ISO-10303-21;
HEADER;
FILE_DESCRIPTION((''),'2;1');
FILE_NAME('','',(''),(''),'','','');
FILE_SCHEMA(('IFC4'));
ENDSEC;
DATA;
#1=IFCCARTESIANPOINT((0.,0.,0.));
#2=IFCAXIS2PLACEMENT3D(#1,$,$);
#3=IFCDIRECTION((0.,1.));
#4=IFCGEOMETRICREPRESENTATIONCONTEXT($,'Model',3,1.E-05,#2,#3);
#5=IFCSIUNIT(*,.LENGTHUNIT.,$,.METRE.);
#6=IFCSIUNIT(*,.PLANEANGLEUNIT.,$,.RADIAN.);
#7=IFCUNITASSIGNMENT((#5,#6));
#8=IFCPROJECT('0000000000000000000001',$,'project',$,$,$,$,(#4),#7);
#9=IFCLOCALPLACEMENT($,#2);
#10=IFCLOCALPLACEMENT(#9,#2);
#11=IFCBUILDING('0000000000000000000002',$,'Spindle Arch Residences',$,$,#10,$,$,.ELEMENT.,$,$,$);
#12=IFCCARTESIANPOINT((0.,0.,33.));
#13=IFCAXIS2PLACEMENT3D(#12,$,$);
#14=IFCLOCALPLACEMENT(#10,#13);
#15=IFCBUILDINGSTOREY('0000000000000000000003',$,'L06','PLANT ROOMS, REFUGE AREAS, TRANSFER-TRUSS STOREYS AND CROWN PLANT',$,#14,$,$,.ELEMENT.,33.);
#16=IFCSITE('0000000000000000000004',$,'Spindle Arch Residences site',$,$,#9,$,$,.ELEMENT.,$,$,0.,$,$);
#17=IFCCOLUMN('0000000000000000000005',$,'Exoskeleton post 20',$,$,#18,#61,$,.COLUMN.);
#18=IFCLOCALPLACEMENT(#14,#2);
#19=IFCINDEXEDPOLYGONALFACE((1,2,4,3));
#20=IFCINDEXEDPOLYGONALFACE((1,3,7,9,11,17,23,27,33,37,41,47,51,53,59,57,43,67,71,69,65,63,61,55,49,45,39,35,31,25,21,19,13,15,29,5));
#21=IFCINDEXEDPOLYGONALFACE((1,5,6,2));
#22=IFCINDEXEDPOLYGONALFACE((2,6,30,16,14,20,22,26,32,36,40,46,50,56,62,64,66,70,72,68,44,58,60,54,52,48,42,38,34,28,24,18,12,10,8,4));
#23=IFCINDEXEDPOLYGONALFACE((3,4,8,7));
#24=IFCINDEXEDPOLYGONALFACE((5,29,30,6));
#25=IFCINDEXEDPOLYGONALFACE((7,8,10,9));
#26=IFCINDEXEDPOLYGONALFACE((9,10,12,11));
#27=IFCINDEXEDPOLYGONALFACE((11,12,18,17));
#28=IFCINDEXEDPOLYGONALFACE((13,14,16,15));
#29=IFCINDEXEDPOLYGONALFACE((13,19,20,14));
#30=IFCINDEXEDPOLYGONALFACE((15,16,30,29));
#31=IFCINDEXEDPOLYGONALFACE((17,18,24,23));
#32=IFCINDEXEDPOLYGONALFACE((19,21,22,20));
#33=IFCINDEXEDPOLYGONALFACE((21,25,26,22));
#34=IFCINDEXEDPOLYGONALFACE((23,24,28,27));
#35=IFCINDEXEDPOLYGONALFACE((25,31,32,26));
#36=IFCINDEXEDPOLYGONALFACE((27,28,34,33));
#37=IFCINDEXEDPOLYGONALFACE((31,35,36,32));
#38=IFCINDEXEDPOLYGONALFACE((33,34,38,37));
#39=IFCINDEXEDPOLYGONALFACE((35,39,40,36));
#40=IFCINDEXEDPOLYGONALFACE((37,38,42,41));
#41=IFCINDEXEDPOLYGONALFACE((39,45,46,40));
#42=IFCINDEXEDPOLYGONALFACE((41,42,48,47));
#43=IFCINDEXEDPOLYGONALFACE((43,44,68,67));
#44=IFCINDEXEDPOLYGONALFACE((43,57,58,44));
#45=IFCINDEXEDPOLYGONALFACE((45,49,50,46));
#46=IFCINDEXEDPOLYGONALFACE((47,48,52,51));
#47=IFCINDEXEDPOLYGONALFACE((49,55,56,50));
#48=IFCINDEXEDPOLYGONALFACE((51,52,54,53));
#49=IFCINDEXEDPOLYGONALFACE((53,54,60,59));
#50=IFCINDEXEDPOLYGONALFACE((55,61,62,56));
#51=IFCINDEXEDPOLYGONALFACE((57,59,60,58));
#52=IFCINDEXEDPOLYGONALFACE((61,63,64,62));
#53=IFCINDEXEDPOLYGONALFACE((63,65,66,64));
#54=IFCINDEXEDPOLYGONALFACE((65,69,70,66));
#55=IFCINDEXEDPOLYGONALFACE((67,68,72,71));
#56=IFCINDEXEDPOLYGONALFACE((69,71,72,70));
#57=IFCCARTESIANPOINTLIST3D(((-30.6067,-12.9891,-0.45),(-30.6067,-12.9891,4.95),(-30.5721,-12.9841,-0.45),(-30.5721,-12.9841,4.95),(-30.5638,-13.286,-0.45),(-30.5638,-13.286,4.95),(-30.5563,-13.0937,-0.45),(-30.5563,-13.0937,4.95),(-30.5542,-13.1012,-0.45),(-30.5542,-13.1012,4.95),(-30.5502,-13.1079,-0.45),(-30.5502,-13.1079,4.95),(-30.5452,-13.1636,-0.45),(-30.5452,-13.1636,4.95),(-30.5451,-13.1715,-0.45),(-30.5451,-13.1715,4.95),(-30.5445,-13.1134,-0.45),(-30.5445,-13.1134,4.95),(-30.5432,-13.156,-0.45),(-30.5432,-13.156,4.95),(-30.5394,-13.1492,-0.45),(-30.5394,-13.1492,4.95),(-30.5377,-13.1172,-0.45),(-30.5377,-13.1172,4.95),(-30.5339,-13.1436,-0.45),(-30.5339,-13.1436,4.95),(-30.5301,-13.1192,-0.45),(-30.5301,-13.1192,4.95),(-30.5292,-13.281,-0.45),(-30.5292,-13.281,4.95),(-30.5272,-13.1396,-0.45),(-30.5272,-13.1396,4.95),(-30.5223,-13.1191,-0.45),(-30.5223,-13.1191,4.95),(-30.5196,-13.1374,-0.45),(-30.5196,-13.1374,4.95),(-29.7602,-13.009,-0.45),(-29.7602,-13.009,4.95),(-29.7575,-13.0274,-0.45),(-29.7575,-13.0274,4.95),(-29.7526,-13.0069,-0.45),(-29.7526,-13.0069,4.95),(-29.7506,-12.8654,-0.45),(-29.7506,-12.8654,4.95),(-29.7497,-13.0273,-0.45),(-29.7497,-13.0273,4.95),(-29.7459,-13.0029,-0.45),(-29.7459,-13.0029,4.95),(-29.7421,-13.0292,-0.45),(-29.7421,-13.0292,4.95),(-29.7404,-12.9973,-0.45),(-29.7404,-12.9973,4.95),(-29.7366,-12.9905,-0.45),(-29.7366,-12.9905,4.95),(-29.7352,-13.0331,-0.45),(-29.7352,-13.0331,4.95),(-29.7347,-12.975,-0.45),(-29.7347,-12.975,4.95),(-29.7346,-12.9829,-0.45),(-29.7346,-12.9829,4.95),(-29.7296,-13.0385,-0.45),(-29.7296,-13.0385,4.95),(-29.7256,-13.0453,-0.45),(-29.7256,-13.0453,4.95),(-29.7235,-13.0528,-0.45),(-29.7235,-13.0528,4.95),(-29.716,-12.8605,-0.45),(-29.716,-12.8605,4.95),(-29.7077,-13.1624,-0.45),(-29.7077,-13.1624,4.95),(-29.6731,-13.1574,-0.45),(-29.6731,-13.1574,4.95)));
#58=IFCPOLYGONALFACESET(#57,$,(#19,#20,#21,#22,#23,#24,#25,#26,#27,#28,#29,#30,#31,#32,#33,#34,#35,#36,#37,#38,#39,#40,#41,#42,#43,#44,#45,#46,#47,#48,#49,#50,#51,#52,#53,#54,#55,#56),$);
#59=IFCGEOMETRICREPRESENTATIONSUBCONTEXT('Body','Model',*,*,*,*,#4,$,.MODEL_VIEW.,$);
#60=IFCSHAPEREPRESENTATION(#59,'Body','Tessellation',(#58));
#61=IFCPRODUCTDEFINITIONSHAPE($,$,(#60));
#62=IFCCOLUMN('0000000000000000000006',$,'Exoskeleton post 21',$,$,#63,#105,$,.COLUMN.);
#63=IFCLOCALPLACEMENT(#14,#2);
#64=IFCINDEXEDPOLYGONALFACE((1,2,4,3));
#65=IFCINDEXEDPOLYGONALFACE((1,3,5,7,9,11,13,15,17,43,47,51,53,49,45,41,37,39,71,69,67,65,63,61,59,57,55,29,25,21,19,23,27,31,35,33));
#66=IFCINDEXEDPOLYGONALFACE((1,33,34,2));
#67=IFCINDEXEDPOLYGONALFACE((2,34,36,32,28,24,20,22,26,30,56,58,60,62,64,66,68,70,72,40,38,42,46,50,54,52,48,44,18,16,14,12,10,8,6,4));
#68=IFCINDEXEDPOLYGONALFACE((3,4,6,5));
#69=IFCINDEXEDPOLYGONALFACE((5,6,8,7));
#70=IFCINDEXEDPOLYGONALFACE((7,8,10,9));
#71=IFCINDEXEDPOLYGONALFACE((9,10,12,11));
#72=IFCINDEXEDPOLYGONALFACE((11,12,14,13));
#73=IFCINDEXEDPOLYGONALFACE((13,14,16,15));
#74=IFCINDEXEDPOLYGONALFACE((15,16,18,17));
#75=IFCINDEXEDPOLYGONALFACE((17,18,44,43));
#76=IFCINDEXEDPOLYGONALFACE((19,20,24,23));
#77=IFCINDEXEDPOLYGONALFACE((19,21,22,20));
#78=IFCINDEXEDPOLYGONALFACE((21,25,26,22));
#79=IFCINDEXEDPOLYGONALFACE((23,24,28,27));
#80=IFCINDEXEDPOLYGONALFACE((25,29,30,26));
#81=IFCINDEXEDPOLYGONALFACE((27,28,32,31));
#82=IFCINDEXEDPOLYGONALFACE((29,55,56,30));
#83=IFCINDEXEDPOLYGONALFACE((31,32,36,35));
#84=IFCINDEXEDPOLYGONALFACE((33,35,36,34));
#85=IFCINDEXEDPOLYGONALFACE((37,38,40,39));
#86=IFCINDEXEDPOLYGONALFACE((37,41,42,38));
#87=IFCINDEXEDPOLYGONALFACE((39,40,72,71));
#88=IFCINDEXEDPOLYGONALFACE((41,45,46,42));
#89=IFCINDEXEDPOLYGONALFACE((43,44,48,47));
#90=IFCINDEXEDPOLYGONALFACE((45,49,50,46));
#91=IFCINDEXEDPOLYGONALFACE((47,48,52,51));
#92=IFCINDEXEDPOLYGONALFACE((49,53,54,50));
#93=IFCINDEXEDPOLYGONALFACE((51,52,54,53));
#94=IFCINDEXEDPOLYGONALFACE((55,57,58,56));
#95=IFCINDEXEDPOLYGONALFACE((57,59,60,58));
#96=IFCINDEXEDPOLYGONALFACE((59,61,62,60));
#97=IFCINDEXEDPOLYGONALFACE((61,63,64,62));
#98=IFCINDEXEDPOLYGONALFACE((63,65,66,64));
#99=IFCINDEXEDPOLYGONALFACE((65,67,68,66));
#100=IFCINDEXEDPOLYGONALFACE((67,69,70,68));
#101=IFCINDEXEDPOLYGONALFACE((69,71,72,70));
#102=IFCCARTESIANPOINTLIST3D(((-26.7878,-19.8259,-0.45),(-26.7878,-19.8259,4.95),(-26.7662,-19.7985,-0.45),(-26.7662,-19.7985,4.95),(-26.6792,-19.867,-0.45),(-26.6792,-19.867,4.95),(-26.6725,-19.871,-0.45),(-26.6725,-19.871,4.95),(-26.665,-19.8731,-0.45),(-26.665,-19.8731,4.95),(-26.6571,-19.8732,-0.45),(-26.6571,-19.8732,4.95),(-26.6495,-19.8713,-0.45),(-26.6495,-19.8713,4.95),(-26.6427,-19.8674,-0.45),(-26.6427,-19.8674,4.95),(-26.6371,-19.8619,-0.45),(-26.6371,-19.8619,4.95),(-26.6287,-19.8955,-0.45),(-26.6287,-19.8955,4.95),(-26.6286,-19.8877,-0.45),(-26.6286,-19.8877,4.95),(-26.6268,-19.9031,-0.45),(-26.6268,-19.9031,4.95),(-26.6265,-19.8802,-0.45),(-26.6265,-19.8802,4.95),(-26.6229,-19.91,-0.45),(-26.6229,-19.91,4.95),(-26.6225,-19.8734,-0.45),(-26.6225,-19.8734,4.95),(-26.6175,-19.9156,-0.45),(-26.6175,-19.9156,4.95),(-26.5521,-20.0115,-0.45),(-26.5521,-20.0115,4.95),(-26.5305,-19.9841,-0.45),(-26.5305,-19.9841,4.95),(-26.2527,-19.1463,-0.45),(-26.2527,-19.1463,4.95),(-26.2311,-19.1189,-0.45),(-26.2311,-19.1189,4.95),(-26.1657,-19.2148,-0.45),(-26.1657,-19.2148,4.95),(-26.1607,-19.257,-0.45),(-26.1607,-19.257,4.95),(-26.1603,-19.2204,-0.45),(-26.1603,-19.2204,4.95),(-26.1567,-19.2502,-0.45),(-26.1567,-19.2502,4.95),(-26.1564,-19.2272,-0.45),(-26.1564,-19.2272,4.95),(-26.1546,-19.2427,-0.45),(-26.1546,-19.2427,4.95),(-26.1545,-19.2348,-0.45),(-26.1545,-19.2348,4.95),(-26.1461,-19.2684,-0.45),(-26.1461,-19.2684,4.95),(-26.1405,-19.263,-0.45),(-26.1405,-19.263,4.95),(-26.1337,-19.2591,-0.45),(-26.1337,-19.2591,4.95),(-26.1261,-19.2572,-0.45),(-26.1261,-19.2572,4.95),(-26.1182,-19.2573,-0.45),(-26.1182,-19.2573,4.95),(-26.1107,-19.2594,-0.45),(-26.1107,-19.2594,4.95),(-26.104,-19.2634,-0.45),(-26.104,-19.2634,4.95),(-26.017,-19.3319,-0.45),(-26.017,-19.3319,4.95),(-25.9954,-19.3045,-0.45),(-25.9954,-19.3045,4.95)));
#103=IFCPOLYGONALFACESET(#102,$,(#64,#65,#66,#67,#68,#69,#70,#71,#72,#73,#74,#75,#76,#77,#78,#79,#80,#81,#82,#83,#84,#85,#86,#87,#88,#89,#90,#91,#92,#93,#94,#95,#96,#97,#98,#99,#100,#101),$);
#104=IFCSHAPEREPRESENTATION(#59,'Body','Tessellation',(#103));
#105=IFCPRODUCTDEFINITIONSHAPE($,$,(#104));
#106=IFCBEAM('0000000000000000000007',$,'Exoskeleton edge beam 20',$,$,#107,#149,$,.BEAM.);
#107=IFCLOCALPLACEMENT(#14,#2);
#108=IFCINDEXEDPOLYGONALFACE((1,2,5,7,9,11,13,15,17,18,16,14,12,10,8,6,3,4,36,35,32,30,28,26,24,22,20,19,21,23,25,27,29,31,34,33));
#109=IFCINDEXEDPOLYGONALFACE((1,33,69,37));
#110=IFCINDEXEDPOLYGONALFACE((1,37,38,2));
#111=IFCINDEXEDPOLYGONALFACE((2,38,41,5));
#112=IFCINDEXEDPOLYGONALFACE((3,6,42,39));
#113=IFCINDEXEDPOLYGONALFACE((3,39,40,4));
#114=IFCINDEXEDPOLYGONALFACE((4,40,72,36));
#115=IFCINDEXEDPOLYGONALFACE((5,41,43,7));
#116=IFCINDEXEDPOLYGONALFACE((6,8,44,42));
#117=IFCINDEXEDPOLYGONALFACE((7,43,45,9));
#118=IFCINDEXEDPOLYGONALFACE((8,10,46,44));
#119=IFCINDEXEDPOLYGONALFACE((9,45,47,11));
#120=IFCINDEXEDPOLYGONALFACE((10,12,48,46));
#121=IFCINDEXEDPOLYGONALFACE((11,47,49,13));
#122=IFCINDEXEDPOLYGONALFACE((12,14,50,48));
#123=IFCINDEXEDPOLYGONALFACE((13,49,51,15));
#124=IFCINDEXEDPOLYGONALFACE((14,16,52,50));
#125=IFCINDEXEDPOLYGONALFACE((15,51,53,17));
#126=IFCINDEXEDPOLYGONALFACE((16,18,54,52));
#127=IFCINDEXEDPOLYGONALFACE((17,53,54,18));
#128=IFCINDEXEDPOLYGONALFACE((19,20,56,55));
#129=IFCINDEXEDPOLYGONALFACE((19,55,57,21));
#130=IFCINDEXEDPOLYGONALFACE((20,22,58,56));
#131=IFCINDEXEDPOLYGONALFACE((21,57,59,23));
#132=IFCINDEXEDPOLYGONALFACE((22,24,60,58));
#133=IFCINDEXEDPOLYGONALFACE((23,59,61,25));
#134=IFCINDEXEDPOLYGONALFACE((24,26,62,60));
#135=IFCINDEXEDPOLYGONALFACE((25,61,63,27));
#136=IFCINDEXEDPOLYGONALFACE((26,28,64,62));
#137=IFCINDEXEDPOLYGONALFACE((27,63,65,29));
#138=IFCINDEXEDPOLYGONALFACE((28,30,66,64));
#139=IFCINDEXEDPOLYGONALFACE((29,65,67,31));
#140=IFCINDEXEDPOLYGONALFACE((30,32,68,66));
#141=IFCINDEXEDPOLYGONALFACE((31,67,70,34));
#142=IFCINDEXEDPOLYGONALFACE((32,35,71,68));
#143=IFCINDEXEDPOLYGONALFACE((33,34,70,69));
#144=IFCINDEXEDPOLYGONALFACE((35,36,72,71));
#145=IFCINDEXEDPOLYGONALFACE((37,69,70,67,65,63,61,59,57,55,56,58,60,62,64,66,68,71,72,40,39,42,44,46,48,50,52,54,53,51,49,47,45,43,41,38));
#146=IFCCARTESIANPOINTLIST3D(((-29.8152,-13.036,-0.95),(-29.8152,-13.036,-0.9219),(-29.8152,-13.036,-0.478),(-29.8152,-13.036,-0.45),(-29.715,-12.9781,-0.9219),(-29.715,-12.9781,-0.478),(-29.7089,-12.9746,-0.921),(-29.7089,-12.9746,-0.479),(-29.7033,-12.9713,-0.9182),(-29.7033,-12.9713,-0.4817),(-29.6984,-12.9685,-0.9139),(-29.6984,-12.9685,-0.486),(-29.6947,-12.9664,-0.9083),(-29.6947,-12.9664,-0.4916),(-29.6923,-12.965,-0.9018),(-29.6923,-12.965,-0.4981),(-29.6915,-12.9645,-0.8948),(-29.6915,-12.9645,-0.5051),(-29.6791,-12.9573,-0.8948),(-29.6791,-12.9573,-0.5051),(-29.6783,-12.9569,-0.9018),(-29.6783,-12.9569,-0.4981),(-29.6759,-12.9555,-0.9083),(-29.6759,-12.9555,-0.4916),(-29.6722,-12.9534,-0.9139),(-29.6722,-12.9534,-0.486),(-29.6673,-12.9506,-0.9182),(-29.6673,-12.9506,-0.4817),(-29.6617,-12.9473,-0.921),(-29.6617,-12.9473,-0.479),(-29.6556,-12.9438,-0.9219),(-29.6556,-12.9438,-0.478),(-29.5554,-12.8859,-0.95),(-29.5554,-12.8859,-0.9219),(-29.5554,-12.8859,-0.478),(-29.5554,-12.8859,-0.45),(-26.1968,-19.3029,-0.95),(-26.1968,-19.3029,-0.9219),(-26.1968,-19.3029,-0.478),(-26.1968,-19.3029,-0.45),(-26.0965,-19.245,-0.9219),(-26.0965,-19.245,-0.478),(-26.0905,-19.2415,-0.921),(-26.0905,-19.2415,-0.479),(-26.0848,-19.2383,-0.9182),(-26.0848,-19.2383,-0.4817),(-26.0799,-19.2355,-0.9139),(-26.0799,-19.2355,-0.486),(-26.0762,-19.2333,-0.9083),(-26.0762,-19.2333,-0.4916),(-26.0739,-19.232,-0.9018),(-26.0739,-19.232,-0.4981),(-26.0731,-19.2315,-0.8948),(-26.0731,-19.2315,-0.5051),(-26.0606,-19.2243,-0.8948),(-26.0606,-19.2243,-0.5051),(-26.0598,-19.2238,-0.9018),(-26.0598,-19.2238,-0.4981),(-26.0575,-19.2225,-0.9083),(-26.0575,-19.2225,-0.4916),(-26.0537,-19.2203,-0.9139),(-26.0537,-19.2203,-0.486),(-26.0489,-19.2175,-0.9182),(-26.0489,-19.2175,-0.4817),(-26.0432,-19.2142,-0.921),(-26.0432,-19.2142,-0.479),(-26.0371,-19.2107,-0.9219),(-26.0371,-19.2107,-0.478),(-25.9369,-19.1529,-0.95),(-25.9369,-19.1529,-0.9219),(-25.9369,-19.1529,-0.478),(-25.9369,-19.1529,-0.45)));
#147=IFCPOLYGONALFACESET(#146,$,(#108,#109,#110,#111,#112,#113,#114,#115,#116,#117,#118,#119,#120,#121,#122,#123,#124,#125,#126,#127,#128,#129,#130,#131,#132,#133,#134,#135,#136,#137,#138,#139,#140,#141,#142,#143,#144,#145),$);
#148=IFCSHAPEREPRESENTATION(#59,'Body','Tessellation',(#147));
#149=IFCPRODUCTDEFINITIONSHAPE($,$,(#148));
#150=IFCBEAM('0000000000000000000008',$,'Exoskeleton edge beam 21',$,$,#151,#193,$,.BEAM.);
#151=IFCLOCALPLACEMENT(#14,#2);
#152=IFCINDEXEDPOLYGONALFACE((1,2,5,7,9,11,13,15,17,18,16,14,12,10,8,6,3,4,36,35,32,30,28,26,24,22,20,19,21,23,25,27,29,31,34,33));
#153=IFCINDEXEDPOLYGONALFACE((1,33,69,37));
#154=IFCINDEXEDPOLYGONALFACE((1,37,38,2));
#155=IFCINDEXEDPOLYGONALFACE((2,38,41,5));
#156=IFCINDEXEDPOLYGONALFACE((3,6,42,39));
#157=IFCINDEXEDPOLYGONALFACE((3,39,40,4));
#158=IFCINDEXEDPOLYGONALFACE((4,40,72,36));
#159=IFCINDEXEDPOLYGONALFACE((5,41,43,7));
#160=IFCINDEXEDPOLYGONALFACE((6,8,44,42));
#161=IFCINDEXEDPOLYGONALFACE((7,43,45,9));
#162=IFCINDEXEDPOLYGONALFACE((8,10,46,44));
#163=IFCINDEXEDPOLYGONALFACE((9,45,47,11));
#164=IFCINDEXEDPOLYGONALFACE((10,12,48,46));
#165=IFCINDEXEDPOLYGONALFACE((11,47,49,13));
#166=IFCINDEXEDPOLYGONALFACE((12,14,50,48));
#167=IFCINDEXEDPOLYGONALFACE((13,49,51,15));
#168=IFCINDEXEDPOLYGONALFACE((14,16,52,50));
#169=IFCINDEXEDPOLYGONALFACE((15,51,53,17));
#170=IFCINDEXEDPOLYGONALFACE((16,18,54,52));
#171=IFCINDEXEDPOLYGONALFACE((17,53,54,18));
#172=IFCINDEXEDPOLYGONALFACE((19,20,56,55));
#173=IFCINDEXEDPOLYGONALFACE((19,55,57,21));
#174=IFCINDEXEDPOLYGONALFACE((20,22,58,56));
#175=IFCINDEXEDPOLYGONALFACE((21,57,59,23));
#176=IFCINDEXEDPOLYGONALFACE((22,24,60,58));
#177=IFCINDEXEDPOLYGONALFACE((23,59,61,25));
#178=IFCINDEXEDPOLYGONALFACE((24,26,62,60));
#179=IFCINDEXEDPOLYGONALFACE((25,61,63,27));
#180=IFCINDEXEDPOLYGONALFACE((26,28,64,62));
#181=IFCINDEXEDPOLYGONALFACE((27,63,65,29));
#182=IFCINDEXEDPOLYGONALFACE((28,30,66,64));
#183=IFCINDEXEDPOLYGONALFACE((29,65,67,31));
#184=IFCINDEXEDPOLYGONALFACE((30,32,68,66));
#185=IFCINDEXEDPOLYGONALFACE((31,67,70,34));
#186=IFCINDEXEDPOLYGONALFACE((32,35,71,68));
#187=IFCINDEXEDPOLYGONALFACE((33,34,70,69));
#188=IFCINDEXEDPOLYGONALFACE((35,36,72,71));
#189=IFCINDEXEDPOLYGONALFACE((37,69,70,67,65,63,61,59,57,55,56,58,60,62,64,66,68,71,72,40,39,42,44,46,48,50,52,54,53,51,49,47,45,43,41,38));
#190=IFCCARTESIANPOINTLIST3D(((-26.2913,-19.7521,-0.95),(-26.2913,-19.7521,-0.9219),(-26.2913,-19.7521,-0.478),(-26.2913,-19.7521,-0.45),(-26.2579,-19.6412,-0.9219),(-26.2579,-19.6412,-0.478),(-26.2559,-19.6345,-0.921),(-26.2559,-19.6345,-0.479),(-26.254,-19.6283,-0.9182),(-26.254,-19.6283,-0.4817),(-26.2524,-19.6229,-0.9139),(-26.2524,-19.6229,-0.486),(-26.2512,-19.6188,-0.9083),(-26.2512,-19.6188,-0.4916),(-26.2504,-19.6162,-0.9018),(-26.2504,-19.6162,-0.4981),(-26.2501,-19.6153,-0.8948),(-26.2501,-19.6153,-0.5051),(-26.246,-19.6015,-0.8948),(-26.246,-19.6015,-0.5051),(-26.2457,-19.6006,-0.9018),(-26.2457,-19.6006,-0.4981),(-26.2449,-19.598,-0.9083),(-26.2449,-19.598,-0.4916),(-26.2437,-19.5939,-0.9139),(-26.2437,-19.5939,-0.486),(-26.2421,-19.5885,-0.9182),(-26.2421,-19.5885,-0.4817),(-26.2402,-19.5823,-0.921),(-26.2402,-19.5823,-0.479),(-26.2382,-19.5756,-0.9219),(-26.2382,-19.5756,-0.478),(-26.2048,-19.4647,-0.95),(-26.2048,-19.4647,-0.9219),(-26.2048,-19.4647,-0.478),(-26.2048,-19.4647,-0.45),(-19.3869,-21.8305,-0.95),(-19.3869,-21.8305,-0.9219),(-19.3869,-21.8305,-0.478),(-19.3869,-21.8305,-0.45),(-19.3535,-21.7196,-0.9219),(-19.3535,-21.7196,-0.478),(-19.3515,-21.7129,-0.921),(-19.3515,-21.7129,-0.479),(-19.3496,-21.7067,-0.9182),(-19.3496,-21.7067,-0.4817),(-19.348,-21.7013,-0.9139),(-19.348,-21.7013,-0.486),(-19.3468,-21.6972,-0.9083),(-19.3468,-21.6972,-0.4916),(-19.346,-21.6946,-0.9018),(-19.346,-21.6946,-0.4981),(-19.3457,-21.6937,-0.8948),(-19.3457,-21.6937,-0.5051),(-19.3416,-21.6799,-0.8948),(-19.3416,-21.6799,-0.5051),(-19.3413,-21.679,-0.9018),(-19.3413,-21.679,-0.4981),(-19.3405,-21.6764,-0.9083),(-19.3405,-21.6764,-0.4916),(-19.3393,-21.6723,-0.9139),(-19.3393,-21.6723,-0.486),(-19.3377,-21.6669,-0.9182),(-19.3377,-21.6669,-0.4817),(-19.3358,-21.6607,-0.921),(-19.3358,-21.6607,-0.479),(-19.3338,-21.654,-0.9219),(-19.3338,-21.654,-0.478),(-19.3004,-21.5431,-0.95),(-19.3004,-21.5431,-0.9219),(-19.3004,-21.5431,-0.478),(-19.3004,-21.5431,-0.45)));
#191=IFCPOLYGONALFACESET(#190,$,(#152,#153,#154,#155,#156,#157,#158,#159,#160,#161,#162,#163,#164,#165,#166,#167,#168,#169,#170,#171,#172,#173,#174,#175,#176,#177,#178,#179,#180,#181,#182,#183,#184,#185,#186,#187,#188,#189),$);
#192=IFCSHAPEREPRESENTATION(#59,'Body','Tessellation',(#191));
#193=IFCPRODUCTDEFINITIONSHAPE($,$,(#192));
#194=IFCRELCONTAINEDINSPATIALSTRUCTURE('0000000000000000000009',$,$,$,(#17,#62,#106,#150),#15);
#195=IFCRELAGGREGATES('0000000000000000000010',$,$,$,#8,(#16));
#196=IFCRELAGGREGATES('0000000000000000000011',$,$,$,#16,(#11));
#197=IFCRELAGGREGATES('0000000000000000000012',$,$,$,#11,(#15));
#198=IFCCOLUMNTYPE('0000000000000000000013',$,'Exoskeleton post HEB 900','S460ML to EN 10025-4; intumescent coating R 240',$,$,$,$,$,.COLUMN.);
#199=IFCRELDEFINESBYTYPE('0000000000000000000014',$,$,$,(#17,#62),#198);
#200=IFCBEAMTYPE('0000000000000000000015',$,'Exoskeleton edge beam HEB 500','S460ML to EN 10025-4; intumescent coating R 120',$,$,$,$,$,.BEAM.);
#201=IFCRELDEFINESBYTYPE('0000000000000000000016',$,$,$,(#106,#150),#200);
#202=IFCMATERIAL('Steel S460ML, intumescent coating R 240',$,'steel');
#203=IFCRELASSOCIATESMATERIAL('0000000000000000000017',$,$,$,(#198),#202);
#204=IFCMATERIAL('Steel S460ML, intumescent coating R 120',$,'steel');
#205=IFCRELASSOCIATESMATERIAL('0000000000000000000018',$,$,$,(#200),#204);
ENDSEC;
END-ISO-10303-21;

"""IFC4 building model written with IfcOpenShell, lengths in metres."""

from ifc_helpers import new_model, si_unit, direction, frame, origin, origin_2d, place, context, subcontext, project, spatial, i_section, extrude, material, material_profile, profile_set, type_object, element, save


model = new_model("IFC4")

# Units and contexts
model_context = context("Model", 3, precision=1e-05, world=origin(), true_north=direction((0.0, 1.0)))
body_context = subcontext(model_context, "Body", "Model", "MODEL_VIEW")
ifc_project = project(units=[si_unit("LENGTHUNIT", "METRE"), si_unit("PLANEANGLEUNIT", "RADIAN")], contexts=[model_context])

# Site, building, storey
site_placement = place(None, origin())
site = spatial("IfcSite", under=ifc_project, at=site_placement, Name="Spindle Arch Residences site", CompositionType="ELEMENT", RefElevation=0.0)
building_placement = place(site_placement, origin())
building = spatial("IfcBuilding", under=site, at=building_placement, Name="Spindle Arch Residences", CompositionType="ELEMENT")
storey_placement = place(building_placement, frame((0.0, 0.0, 33.0)))
storey = spatial("IfcBuildingStorey", under=building, at=storey_placement, Name="L06", Description="PLANT ROOMS, REFUGE AREAS, TRANSFER-TRUSS STOREYS AND CROWN PLANT", CompositionType="ELEMENT", Elevation=33.0)

# Columns
ifc_material_1 = material(Name="Steel S460ML, intumescent coating R 240", Category="steel")
ifc_material_profile_1 = material_profile(ifc_material_1, i_section(OverallWidth=0.3, OverallDepth=0.8999, WebThickness=0.0186, FlangeThickness=0.0349, FilletRadius=0.03, at=origin_2d()), Name="HEB 900")
ifc_profile_set_1 = profile_set([ifc_material_profile_1], Name="Steel S460ML, intumescent coating R 240")
column_type = type_object("IfcColumnType", Name="Exoskeleton post HEB 900", Description="S460ML to EN 10025-4; intumescent coating R 240", PredefinedType="COLUMN", material=ifc_profile_set_1)
for number, where, z_axis, x_axis, name in (
    (1, (-30.1399, -13.0732, -0.45), (0.0, 0.0, 1.0), (-0.142906, 0.989736, 0.0), "Exoskeleton post 20"),
    (2, (-26.3916, -19.5652, -0.45), (0.0, 0.0, 1.0), (-0.785684, 0.618629, 0.0), "Exoskeleton post 21"),
):
    element("IfcColumn", number, at=place(storey_placement, frame(where, z_axis=z_axis, x_axis=x_axis)), inside=storey, type_object=column_type, Name=name, PredefinedType="COLUMN", context=body_context, shape_type="SweptSolid", body=[
        extrude(i_section(OverallWidth=0.3, OverallDepth=0.8999, WebThickness=0.0186, FlangeThickness=0.0349, FilletRadius=0.03, at=origin_2d()), origin(), (0.0, 0.0, 1.0), 5.3999),
    ])

# Beams
ifc_material_2 = material(Name="Steel S460ML, intumescent coating R 120", Category="steel")
ifc_material_profile_2 = material_profile(ifc_material_2, i_section(OverallWidth=0.3, OverallDepth=0.5, WebThickness=0.0144, FlangeThickness=0.0281, FilletRadius=0.0271, at=origin_2d()), Name="HEB 500")
ifc_profile_set_2 = profile_set([ifc_material_profile_2], Name="Steel S460ML, intumescent coating R 120")
beam_type_1 = type_object("IfcBeamType", Name="Exoskeleton edge beam HEB 500", Description="S460ML to EN 10025-4; intumescent coating R 120", PredefinedType="BEAM", material=ifc_profile_set_2)
beam_1_placement = place(storey_placement, frame((-29.6853, -12.9609, -0.7), z_axis=(0.500025, -0.866011, 0.0), x_axis=(0.866011, 0.500025, 0.0)))
element("IfcBeam", 3, at=beam_1_placement, inside=storey, type_object=beam_type_1, Name="Exoskeleton edge beam 20", PredefinedType="BEAM", context=body_context, shape_type="SweptSolid", body=[
    extrude(i_section(OverallWidth=0.3, OverallDepth=0.5, WebThickness=0.0144, FlangeThickness=0.0281, FilletRadius=0.0271, at=origin_2d()), origin(), (0.0, 0.0, 1.0), 7.2366),
])
beam_2_placement = place(storey_placement, frame((-26.248, -19.6084, -0.7), z_axis=(0.957556, -0.288249, 0.0), x_axis=(0.288249, 0.957556, 0.0)))
element("IfcBeam", 4, at=beam_2_placement, inside=storey, type_object=beam_type_1, Name="Exoskeleton edge beam 21", PredefinedType="BEAM", context=body_context, shape_type="SweptSolid", body=[
    extrude(i_section(OverallWidth=0.3, OverallDepth=0.5, WebThickness=0.0144, FlangeThickness=0.0281, FilletRadius=0.0271, at=origin_2d()), origin(), (0.0, 0.0, 1.0), 7.2104),
])

save(model, "model.ifc")
